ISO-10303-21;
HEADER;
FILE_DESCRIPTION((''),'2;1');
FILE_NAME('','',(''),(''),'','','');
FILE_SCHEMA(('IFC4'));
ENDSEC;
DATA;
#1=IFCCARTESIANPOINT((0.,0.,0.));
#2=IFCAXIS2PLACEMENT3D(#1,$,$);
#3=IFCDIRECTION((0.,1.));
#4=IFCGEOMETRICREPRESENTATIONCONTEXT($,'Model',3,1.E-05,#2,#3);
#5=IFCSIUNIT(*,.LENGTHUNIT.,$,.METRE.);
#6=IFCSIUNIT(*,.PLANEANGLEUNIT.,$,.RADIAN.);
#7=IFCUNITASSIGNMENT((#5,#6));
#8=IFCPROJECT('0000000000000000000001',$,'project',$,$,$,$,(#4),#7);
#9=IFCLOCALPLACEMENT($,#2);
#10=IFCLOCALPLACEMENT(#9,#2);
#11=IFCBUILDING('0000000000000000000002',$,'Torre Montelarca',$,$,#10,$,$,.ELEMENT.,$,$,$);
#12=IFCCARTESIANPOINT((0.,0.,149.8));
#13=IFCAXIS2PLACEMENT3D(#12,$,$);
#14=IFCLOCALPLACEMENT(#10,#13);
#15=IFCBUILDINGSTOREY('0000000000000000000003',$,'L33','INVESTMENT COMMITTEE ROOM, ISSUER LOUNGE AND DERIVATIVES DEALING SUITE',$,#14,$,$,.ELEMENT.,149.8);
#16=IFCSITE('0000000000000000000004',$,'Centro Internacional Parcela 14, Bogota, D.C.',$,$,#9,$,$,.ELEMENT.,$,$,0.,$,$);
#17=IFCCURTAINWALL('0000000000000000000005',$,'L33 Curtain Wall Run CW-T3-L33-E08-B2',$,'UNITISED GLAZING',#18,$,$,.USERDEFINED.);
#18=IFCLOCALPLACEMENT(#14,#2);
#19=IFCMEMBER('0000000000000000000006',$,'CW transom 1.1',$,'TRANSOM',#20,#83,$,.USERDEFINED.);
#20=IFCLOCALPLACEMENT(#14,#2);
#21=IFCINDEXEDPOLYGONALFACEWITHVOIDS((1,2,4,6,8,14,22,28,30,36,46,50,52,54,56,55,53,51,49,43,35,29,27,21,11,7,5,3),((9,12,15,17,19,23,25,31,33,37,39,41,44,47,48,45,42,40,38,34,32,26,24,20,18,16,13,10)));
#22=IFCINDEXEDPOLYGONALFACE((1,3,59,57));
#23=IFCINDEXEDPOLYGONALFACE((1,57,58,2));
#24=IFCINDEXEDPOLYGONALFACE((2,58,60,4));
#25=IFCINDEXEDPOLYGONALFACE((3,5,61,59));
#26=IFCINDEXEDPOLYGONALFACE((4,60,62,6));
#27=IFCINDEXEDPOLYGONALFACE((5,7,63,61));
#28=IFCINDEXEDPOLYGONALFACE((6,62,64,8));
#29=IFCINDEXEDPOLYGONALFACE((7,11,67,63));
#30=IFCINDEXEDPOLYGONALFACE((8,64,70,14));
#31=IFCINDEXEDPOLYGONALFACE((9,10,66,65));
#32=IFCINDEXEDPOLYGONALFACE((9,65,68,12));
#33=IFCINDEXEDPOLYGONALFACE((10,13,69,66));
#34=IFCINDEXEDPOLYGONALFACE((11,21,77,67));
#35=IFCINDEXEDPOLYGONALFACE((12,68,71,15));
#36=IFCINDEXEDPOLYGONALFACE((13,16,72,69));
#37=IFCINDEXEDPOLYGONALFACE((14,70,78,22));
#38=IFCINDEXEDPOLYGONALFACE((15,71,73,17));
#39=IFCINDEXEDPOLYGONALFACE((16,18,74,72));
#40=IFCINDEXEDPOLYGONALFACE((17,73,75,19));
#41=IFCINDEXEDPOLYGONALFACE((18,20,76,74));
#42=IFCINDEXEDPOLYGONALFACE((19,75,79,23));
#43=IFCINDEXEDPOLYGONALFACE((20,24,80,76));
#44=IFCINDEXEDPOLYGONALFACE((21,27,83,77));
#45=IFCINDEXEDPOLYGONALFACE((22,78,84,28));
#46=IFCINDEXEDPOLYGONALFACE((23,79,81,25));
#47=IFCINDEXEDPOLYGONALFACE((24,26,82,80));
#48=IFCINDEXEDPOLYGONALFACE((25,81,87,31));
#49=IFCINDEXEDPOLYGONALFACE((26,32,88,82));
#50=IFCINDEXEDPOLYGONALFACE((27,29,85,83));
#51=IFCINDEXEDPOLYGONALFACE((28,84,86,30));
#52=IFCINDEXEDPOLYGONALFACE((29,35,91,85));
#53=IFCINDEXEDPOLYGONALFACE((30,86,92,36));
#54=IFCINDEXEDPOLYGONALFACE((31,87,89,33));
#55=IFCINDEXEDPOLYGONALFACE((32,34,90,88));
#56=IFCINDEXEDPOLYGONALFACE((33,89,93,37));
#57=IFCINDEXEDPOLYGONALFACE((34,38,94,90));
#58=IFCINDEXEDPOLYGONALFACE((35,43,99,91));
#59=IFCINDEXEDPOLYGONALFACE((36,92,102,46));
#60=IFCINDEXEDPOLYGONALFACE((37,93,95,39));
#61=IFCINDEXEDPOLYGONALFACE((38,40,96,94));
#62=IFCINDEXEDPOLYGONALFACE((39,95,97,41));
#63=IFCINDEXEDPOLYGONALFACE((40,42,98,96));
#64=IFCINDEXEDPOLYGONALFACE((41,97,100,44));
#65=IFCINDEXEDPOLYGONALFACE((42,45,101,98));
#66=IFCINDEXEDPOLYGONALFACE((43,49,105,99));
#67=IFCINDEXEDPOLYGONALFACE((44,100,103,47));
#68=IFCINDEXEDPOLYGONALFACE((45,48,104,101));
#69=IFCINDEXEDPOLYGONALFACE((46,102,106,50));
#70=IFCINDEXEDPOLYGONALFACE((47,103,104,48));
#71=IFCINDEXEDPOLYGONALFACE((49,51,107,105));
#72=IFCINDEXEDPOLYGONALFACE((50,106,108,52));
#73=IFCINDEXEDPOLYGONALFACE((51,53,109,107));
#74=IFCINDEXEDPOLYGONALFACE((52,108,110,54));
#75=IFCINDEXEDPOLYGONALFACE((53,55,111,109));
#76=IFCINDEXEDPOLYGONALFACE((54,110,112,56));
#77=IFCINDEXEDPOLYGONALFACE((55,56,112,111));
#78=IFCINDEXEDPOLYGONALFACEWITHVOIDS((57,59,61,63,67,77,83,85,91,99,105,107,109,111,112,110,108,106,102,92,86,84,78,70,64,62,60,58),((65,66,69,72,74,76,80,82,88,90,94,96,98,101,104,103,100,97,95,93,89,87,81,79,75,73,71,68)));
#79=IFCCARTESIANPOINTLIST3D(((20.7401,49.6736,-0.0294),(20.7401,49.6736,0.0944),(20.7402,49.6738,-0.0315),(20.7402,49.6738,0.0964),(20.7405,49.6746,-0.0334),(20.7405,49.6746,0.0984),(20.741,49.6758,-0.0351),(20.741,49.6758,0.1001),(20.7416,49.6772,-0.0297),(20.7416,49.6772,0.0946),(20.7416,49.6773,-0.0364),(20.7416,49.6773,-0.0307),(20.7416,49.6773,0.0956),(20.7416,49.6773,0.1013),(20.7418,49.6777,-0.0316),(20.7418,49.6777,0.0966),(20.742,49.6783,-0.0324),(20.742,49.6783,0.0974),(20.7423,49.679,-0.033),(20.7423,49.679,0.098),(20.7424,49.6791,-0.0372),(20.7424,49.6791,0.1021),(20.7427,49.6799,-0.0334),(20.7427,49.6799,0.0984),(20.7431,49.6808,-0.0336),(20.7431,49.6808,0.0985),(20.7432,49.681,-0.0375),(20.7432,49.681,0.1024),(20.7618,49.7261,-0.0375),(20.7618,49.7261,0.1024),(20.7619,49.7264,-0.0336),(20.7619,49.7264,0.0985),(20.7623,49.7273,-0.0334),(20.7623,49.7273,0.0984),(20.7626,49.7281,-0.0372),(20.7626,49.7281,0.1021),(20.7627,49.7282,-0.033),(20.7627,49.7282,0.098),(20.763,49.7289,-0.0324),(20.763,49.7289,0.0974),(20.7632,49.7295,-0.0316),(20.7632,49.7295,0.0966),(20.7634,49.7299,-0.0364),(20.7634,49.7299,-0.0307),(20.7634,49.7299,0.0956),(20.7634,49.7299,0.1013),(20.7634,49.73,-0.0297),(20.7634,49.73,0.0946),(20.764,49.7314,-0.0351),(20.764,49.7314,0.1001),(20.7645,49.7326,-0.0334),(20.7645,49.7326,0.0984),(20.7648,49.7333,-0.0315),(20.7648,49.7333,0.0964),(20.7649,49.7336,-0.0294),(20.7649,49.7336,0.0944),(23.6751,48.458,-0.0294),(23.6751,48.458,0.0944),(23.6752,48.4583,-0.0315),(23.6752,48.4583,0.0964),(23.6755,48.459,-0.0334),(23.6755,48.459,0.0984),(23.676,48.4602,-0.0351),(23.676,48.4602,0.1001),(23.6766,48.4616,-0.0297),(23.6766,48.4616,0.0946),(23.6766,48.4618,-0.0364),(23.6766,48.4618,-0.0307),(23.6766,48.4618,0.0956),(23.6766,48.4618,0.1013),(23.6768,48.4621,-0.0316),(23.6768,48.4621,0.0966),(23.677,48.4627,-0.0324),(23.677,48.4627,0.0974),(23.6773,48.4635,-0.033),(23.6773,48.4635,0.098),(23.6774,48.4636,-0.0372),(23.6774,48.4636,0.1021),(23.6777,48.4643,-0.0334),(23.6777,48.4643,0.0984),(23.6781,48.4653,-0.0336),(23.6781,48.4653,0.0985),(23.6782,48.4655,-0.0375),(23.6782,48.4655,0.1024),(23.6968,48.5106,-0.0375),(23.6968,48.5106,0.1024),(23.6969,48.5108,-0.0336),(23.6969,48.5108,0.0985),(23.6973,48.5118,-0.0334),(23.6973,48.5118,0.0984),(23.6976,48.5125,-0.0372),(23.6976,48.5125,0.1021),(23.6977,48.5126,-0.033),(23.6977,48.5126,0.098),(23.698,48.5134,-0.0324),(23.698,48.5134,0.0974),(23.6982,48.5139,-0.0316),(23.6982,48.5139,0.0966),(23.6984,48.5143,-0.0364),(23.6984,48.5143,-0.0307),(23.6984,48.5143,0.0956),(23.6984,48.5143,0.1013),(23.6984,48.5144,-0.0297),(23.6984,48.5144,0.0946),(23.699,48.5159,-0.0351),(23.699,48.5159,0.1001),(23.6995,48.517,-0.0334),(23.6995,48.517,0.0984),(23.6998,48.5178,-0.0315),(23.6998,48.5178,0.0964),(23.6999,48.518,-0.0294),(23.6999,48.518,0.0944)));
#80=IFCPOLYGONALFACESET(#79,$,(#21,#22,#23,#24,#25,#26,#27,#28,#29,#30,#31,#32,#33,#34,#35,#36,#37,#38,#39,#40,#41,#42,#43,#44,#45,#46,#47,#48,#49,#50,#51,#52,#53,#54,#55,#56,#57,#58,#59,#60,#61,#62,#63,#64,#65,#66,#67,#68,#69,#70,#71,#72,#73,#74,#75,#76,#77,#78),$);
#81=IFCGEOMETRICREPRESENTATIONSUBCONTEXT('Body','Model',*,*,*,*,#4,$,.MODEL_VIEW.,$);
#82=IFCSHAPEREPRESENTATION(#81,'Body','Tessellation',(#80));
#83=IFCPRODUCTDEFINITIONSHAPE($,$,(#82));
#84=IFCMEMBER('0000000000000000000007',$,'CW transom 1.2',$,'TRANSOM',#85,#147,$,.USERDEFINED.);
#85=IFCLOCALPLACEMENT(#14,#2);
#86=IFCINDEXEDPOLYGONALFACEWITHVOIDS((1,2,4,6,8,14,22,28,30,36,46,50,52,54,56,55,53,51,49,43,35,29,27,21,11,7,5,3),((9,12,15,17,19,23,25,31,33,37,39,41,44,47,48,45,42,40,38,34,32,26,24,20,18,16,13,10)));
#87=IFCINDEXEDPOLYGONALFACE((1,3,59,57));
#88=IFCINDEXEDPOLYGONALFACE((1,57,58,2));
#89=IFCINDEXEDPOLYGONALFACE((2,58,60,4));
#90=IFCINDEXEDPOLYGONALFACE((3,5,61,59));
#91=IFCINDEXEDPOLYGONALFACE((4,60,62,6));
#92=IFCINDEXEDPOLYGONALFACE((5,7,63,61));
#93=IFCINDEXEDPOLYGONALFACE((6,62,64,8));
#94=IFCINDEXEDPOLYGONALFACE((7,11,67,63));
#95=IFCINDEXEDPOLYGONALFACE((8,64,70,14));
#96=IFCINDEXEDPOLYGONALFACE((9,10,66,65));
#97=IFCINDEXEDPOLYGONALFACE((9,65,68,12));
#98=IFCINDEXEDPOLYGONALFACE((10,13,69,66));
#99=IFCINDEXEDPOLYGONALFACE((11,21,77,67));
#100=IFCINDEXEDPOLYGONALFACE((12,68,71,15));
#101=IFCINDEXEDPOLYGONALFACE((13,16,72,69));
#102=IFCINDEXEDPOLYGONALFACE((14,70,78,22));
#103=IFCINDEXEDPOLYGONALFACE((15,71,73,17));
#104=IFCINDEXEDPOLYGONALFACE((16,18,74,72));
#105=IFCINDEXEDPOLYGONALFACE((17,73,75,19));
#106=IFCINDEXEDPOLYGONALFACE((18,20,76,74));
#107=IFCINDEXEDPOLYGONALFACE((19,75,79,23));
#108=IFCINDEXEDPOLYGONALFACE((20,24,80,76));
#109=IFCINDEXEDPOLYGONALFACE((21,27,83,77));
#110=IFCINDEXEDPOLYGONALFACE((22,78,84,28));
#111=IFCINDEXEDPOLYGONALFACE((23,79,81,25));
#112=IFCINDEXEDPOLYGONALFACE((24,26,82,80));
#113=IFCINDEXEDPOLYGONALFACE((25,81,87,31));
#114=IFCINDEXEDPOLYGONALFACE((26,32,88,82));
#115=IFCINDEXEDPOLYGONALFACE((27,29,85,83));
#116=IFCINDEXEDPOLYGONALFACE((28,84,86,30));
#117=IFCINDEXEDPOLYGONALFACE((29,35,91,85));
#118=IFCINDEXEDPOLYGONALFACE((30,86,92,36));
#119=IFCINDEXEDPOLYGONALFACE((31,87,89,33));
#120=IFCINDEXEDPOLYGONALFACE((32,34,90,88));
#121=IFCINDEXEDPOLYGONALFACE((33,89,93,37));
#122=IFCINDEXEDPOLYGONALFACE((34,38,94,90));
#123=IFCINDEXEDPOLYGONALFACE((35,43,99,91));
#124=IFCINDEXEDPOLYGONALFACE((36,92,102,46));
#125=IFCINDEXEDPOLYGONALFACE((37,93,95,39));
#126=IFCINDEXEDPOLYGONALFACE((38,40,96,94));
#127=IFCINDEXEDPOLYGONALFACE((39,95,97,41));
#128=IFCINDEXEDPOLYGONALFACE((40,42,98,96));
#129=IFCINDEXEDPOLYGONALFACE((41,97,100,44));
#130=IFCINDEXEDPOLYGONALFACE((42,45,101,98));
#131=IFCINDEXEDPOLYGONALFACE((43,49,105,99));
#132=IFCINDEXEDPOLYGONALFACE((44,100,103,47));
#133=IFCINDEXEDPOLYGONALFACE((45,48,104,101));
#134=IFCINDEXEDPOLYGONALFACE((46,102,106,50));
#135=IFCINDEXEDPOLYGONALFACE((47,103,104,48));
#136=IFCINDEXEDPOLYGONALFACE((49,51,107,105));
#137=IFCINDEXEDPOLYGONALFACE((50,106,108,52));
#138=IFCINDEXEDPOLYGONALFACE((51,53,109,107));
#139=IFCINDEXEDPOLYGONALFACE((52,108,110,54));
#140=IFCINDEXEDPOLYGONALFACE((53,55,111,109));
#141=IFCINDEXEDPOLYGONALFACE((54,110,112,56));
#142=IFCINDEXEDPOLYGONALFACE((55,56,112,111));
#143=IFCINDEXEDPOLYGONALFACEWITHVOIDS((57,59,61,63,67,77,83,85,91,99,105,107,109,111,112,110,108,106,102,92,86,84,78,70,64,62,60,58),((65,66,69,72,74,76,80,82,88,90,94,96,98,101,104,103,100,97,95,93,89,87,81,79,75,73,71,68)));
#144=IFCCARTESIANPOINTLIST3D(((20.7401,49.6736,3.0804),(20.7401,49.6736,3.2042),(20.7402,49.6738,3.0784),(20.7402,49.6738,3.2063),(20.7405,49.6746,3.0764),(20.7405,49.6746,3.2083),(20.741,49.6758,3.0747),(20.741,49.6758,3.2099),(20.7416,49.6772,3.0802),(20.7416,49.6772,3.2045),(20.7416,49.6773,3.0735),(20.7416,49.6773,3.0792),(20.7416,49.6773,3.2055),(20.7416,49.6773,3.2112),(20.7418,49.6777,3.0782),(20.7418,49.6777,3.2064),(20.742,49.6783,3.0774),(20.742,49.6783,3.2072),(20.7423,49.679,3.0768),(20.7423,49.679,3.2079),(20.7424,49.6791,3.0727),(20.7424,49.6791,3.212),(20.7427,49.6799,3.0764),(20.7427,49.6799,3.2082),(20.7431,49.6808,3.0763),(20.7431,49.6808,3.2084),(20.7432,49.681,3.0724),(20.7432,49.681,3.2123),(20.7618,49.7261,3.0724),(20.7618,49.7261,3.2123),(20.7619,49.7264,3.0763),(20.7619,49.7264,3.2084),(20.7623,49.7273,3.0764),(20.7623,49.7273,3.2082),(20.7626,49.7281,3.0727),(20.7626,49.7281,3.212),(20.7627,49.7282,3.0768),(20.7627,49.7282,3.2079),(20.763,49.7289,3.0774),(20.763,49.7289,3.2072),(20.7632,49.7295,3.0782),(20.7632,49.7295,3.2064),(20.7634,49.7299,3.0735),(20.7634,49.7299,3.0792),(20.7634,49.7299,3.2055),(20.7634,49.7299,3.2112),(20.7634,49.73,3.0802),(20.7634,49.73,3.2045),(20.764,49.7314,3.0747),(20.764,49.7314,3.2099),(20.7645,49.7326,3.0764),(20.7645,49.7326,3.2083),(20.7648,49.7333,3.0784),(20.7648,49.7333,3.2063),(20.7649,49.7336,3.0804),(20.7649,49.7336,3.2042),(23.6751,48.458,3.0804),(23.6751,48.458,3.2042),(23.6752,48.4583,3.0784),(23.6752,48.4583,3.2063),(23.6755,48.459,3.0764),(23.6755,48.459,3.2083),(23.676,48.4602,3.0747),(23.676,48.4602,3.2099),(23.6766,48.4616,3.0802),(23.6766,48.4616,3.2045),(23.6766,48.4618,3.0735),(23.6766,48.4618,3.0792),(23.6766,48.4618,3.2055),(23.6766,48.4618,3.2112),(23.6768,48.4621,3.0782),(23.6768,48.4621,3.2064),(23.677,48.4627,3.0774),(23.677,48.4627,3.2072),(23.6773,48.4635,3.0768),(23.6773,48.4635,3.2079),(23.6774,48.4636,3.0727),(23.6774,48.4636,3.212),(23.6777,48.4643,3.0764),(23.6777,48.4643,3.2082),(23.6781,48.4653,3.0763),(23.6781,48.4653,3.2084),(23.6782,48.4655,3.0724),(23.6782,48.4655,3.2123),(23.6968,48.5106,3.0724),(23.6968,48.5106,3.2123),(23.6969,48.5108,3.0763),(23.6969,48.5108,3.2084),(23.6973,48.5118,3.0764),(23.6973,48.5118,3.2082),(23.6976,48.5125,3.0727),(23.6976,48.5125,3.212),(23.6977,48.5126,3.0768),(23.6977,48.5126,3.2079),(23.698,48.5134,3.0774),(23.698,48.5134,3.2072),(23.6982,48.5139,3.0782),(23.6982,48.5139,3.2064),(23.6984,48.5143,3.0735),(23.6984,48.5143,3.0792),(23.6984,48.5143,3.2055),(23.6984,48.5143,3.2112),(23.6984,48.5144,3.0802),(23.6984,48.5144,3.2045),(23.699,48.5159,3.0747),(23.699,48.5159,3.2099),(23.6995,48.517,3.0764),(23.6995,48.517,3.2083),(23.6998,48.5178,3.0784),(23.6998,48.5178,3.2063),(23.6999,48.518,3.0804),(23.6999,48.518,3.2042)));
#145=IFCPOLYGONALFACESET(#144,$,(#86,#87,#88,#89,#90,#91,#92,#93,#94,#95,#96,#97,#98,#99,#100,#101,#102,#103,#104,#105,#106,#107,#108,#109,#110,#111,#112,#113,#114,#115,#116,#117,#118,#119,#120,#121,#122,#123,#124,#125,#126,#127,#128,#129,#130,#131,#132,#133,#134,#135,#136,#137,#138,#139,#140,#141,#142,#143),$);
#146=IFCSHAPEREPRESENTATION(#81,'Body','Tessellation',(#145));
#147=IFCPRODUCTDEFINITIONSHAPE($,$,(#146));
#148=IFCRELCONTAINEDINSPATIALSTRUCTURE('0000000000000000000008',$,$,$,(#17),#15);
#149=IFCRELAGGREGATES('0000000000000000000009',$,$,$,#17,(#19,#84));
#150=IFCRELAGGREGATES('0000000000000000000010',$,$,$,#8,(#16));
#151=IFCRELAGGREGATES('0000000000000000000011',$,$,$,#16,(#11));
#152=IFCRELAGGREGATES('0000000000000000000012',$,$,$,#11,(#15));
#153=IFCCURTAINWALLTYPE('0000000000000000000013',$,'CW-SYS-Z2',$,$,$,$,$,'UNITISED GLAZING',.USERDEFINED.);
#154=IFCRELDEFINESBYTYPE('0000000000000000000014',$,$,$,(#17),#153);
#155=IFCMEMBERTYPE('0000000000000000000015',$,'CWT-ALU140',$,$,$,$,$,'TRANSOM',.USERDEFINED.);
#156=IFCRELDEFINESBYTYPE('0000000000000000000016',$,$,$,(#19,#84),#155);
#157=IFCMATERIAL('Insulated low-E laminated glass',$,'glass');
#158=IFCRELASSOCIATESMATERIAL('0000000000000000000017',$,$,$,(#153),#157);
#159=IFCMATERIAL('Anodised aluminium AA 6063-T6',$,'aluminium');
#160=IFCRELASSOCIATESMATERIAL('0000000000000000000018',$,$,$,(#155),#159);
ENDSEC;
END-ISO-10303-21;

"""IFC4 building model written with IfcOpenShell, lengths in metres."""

from ifc_helpers import new_model, si_unit, direction, frame, origin, origin_2d, place, context, subcontext, project, spatial, hollow_rectangle, extrude, source, transform, mapped, material, material_profile, profile_set, type_object, element, aggregate, save


model = new_model("IFC4")

# Units and contexts
model_context = context("Model", 3, precision=1e-05, world=origin(), true_north=direction((0.0, 1.0)))
body_context = subcontext(model_context, "Body", "Model", "MODEL_VIEW")
ifc_project = project(units=[si_unit("LENGTHUNIT", "METRE"), si_unit("PLANEANGLEUNIT", "RADIAN")], contexts=[model_context])

# Site, building, storey
site_placement = place(None, origin())
site = spatial("IfcSite", under=ifc_project, at=site_placement, Name="Centro Internacional Parcela 14, Bogota, D.C.", CompositionType="ELEMENT", RefElevation=0.0)
building_placement = place(site_placement, origin())
building = spatial("IfcBuilding", under=site, at=building_placement, Name="Torre Montelarca", CompositionType="ELEMENT")
storey_placement = place(building_placement, frame((0.0, 0.0, 149.8)))
storey = spatial("IfcBuildingStorey", under=building, at=storey_placement, Name="L33", Description="INVESTMENT COMMITTEE ROOM, ISSUER LOUNGE AND DERIVATIVES DEALING SUITE", CompositionType="ELEMENT", Elevation=149.8)

# Shared definitions
ifc_material_1 = material(Name="Insulated low-E laminated glass", Category="glass")
curtain_wall_type = type_object("IfcCurtainWallType", Name="CW-SYS-Z2", ElementType="UNITISED GLAZING", PredefinedType="USERDEFINED", material=ifc_material_1)
ifc_material_2 = material(Name="Anodised aluminium AA 6063-T6", Category="aluminium")

# Curtain wall, members
curtain_wall_1_placement = place(storey_placement, origin())
curtain_wall_1 = element("IfcCurtainWall", 1, at=curtain_wall_1_placement, inside=storey, type_object=curtain_wall_type, Name="L33 Curtain Wall Run CW-T3-L33-E08-B2", ObjectType="UNITISED GLAZING", PredefinedType="USERDEFINED")
ifc_material_profile_1 = material_profile(ifc_material_2, hollow_rectangle(XDim=0.0649, YDim=0.1399, WallThickness=0.0039, InnerFilletRadius=0.0039, OuterFilletRadius=0.0081, at=origin_2d()), Name="ALU65X140X4", Category="aluminium")
ifc_profile_set_1 = profile_set([ifc_material_profile_1], Name="Anodised aluminium AA 6063-T6")
member_type_1 = type_object("IfcMemberType", Name="CWT-ALU140", ElementType="TRANSOM", PredefinedType="USERDEFINED", material=ifc_profile_set_1)
shared_shape_1 = source(origin(), body_context, "Body", "SweptSolid", [
    extrude(hollow_rectangle(XDim=0.0649, YDim=0.1399, WallThickness=0.0039, InnerFilletRadius=0.0039, OuterFilletRadius=0.0081, at=origin_2d()), origin(), (0.0, 0.0, 1.0), 3.1768),
])
member_1_placement = place(storey_placement, frame((23.6875, 48.488, 0.0325), z_axis=(-0.923898, 0.382639, 0.0), x_axis=(-0.382639, -0.923898, 0.0)))
member_1 = element("IfcMember", 2, at=member_1_placement, type_object=member_type_1, Name="CW transom 1.1", ObjectType="TRANSOM", PredefinedType="USERDEFINED", context=body_context, shape_type="MappedRepresentation", body=[
    mapped(shared_shape_1, transform((0.0, 0.0, 0.0), scale=1.0)),
])
member_2_placement = place(storey_placement, frame((23.6875, 48.488, 3.1423), z_axis=(-0.923898, 0.382639, 0.0), x_axis=(-0.382639, -0.923898, 0.0)))
member_2 = element("IfcMember", 3, at=member_2_placement, type_object=member_type_1, Name="CW transom 1.2", ObjectType="TRANSOM", PredefinedType="USERDEFINED", context=body_context, shape_type="MappedRepresentation", body=[
    mapped(shared_shape_1, transform((0.0, 0.0, 0.0), scale=1.0)),
])
aggregate(curtain_wall_1, [member_1, member_2])

save(model, "model.ifc")
